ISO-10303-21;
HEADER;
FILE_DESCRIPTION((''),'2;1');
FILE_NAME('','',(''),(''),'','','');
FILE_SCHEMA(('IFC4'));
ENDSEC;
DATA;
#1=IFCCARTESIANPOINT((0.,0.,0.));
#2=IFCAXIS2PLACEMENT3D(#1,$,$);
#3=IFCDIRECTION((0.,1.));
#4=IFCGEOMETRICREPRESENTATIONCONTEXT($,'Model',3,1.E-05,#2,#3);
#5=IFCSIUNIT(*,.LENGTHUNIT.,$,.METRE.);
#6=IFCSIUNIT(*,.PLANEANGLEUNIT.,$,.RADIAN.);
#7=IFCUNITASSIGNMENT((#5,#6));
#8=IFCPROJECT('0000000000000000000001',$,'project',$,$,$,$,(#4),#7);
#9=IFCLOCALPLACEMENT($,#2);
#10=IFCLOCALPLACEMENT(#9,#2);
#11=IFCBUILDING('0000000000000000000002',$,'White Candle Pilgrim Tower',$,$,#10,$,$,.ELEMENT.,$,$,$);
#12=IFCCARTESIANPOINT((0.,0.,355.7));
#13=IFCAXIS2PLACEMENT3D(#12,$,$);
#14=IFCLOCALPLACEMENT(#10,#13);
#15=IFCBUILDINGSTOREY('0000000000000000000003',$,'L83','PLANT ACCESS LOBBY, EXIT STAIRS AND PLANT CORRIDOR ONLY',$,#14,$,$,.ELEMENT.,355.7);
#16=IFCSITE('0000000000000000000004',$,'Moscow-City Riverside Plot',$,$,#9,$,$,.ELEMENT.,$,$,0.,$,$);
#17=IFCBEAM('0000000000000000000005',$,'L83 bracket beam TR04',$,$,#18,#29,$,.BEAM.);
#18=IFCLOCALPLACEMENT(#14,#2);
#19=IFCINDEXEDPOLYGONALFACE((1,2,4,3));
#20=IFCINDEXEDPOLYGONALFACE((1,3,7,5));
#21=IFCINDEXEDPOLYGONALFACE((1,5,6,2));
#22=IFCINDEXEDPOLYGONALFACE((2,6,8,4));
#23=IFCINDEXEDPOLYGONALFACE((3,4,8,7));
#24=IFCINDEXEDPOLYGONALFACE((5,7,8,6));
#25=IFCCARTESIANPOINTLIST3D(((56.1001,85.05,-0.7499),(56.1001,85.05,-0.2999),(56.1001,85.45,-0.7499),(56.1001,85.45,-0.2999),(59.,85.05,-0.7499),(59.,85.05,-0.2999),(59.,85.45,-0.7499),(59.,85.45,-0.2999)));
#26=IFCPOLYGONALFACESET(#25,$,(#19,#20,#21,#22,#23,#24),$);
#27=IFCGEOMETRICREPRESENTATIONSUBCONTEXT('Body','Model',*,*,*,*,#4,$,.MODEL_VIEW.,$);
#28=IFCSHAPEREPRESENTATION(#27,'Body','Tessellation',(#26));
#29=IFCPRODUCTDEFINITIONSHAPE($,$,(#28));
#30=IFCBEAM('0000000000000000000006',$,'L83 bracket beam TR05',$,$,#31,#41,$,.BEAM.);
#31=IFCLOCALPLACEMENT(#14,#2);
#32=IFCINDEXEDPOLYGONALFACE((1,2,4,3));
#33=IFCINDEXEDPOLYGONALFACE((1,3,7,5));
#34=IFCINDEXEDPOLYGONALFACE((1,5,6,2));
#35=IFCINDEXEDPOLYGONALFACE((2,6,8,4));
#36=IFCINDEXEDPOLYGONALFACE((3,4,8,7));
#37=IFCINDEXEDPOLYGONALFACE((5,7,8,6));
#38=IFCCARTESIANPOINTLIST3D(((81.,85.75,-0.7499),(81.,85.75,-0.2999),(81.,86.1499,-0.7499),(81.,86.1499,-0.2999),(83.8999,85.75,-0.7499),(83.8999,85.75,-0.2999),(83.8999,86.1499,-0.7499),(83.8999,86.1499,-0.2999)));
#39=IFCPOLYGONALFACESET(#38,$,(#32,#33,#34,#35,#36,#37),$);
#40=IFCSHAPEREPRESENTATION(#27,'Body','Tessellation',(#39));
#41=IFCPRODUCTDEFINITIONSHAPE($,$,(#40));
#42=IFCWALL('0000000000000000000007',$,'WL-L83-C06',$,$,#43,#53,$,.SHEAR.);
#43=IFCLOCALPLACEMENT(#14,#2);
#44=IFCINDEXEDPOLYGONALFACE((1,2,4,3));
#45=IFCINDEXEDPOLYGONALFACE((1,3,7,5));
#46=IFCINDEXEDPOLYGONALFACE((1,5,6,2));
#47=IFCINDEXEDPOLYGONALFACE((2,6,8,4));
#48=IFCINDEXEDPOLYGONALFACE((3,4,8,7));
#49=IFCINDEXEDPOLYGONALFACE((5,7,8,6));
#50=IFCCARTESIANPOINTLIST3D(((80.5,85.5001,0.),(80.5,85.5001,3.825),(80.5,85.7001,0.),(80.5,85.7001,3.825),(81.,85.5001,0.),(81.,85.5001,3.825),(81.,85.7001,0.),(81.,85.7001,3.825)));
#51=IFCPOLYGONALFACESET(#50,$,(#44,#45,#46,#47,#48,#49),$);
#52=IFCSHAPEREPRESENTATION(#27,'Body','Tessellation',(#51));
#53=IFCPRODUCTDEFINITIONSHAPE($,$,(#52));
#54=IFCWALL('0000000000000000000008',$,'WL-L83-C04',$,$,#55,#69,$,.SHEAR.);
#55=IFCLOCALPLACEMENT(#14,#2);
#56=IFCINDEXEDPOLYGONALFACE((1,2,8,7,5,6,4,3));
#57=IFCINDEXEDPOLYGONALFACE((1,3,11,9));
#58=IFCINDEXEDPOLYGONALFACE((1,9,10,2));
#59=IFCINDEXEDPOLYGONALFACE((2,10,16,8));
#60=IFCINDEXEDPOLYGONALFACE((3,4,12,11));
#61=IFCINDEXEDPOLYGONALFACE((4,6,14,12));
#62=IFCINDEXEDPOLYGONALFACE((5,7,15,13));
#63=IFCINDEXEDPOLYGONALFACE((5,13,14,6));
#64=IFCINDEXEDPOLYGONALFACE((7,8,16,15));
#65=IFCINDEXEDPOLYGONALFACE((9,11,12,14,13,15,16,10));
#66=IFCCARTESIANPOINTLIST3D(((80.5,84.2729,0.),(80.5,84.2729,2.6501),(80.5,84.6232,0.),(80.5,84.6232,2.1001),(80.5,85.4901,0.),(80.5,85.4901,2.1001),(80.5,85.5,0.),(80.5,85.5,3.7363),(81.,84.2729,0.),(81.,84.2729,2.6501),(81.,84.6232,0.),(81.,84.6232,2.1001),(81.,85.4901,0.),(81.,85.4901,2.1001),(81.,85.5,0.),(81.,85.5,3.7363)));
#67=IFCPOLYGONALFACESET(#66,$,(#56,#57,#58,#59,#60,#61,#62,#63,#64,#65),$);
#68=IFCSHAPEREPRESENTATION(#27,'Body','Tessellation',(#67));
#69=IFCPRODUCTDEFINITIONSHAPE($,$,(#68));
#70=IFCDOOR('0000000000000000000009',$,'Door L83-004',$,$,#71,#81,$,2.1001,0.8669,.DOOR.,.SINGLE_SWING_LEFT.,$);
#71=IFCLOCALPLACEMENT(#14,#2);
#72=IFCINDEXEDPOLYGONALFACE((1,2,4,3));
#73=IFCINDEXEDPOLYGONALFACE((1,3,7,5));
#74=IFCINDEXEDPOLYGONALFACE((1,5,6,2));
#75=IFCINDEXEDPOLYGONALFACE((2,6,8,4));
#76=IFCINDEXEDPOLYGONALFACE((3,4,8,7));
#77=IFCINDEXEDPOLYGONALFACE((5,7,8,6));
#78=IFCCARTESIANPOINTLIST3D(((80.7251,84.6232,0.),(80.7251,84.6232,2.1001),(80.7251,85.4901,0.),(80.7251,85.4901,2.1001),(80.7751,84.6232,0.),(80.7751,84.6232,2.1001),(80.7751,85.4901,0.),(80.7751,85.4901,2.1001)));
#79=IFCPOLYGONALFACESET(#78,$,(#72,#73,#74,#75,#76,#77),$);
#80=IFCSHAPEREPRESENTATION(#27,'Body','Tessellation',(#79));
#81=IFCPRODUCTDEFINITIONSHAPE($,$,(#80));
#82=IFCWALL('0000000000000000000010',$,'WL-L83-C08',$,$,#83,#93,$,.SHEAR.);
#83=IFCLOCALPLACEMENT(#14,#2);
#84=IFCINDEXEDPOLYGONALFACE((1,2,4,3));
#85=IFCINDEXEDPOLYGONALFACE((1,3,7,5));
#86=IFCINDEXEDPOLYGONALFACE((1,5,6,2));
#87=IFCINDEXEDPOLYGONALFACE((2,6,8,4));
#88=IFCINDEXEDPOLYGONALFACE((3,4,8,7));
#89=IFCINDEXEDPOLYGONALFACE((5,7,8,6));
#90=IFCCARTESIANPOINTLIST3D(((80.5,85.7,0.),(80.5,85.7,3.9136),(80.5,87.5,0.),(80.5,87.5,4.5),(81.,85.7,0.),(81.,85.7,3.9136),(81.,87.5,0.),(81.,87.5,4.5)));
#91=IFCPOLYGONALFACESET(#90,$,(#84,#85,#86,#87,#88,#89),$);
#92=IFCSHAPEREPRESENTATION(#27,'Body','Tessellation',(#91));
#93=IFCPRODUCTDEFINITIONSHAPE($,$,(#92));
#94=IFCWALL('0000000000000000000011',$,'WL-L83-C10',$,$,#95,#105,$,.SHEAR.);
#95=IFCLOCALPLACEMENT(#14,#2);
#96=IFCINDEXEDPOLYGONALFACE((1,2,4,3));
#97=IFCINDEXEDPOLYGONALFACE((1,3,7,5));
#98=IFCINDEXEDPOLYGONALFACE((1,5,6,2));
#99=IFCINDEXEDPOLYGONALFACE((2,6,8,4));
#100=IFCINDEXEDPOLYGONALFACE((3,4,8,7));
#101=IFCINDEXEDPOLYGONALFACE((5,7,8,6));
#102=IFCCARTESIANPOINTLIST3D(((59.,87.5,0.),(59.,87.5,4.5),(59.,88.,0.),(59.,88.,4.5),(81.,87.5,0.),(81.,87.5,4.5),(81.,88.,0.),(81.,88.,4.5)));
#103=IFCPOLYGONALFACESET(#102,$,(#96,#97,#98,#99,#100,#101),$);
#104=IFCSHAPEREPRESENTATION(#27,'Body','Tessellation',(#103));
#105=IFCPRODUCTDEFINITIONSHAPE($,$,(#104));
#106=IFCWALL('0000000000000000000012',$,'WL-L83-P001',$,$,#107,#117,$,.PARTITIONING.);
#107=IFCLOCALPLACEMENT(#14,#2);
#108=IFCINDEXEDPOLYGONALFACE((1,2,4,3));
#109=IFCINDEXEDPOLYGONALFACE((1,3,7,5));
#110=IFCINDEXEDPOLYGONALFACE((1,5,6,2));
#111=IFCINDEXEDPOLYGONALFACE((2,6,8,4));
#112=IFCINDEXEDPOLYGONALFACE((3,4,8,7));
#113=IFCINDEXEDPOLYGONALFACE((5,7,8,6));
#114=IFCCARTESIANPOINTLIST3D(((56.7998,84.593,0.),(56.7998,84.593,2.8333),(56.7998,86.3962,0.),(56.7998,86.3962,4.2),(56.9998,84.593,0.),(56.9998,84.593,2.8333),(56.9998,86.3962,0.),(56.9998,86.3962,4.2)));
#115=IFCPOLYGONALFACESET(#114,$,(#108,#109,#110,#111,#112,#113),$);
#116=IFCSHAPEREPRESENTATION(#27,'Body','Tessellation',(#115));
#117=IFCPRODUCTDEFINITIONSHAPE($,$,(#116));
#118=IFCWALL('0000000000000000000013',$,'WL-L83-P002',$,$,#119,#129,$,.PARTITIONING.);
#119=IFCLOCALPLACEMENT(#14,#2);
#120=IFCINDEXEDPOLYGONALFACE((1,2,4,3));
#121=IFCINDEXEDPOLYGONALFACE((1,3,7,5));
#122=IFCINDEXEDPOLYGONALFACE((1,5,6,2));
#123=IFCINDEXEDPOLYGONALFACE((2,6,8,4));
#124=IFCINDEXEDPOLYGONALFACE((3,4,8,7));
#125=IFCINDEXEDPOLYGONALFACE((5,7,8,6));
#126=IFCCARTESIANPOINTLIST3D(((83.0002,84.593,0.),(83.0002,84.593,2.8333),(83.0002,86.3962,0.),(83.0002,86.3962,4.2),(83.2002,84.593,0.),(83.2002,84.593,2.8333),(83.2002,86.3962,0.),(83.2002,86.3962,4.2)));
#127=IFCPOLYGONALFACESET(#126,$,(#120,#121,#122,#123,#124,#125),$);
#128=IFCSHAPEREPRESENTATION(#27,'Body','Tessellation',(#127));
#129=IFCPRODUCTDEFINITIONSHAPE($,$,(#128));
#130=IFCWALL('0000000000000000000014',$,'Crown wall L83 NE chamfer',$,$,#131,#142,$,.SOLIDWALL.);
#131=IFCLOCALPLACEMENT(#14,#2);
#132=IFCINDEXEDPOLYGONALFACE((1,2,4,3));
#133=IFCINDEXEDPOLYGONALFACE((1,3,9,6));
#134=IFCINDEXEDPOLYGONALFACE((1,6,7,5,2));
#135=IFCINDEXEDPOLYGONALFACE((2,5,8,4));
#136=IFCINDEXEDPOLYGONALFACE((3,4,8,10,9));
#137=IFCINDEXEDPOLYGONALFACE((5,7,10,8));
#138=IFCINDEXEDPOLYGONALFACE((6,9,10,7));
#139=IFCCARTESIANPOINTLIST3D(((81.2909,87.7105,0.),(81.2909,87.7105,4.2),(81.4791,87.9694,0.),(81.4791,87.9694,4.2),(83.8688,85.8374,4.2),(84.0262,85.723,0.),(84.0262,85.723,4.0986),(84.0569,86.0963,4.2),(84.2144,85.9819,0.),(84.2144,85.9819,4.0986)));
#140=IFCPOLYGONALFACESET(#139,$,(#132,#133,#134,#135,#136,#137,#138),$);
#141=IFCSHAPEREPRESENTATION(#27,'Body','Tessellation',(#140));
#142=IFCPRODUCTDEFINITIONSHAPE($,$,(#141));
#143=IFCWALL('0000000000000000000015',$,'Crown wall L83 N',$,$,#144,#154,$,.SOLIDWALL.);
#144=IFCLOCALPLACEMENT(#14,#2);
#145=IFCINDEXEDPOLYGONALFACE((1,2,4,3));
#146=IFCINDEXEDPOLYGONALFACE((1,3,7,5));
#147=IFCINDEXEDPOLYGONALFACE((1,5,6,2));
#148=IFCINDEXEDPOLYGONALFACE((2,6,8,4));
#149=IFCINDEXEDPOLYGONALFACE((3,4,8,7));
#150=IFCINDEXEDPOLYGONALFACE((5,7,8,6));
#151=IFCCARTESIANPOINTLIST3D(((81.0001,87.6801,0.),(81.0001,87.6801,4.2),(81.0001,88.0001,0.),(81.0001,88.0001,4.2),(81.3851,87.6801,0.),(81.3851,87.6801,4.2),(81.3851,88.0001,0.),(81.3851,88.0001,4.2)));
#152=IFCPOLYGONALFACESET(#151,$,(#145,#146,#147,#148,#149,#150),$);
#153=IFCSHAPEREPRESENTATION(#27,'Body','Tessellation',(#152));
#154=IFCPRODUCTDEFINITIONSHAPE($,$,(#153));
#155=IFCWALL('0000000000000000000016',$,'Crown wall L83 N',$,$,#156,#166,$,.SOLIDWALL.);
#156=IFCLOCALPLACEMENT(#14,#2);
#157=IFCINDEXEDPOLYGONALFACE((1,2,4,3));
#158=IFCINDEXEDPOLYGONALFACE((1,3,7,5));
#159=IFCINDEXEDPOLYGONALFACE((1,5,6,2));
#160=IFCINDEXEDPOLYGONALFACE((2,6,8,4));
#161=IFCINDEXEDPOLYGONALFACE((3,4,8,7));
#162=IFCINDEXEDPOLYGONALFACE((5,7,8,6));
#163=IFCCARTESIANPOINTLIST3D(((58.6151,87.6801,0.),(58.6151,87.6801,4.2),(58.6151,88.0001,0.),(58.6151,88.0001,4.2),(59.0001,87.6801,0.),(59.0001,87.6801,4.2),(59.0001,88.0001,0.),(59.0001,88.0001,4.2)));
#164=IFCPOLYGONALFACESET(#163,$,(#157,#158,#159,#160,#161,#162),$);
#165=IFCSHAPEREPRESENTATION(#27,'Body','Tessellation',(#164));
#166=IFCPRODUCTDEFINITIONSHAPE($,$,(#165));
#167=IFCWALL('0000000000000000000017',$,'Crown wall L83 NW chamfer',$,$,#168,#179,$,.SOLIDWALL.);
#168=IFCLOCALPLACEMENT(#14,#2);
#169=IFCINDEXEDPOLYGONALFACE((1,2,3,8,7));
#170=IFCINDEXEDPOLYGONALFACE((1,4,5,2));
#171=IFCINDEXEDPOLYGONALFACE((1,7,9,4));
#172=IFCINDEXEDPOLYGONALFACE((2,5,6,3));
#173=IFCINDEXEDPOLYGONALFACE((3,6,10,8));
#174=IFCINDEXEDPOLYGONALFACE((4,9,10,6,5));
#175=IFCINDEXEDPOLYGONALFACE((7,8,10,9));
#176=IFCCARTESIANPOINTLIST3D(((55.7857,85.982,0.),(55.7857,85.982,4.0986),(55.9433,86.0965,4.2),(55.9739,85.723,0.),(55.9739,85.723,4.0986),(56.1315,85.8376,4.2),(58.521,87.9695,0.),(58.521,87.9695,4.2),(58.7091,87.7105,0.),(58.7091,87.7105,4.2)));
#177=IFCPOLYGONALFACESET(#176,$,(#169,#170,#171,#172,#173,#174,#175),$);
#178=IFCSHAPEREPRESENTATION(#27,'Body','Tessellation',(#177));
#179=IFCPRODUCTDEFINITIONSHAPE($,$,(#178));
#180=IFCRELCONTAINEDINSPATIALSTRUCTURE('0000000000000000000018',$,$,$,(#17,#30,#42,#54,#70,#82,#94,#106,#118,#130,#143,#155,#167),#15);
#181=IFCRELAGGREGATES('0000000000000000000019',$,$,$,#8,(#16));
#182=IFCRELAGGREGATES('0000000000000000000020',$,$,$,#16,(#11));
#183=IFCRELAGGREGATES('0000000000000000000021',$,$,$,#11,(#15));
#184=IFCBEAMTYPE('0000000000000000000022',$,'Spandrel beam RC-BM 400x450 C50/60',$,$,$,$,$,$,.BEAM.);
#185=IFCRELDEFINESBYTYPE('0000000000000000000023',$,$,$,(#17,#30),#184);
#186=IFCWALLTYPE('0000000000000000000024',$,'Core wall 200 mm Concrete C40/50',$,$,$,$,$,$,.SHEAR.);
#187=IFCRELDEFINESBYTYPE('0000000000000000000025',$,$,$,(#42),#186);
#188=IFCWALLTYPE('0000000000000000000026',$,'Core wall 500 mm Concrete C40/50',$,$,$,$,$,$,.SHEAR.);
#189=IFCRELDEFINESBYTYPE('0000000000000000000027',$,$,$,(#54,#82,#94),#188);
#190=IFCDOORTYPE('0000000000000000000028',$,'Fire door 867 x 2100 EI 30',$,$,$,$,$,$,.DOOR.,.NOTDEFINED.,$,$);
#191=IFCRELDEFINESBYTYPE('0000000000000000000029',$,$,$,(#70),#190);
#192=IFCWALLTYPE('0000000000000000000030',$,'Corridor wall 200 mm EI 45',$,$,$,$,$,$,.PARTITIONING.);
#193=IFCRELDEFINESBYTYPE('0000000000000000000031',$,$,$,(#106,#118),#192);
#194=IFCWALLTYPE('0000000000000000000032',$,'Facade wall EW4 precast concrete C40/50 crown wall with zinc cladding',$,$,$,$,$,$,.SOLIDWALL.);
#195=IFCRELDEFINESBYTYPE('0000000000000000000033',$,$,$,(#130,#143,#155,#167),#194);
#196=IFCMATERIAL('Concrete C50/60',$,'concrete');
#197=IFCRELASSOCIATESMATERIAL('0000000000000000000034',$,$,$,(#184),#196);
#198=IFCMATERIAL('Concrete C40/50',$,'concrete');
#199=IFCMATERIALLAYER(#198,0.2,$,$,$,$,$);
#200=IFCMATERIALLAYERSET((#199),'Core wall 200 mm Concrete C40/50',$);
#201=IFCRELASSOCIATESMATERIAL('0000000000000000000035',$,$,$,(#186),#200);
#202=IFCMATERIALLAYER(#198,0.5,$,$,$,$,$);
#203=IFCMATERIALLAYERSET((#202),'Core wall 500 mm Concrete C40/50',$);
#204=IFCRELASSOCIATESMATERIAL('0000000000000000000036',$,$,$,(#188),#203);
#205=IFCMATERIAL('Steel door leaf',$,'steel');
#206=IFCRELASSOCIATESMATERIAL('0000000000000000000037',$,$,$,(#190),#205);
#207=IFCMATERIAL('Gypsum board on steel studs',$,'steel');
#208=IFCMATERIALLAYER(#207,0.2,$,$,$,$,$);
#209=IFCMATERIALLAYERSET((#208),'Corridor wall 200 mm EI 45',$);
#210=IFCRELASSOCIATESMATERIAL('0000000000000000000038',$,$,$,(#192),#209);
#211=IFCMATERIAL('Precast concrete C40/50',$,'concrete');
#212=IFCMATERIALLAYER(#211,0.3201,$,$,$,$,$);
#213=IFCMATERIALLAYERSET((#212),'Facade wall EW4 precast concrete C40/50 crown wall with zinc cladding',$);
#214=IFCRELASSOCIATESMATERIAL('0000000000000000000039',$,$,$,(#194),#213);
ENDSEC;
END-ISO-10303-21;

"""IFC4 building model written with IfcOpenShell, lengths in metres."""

from ifc_helpers import new_model, si_unit, direction, frame, frame_2d, origin, origin_2d, place, context, subcontext, project, spatial, polyline, rectangle, outline, extrude, material, layer, layer_set, material_profile, profile_set, type_object, element, fill, save


model = new_model("IFC4")

# Units and contexts
model_context = context("Model", 3, precision=1e-05, world=origin(), true_north=direction((0.0, 1.0)))
body_context = subcontext(model_context, "Body", "Model", "MODEL_VIEW")
ifc_project = project(units=[si_unit("LENGTHUNIT", "METRE"), si_unit("PLANEANGLEUNIT", "RADIAN")], contexts=[model_context])

# Site, building, storey
site_placement = place(None, origin())
site = spatial("IfcSite", under=ifc_project, at=site_placement, Name="Moscow-City Riverside Plot", CompositionType="ELEMENT", RefElevation=0.0)
building_placement = place(site_placement, origin())
building = spatial("IfcBuilding", under=site, at=building_placement, Name="White Candle Pilgrim Tower", CompositionType="ELEMENT")
storey_placement = place(building_placement, frame((0.0, 0.0, 355.7)))
storey = spatial("IfcBuildingStorey", under=building, at=storey_placement, Name="L83", Description="PLANT ACCESS LOBBY, EXIT STAIRS AND PLANT CORRIDOR ONLY", CompositionType="ELEMENT", Elevation=355.7)

# Beams
ifc_material_1 = material(Name="Concrete C50/60", Category="concrete")
ifc_material_profile = material_profile(ifc_material_1, rectangle(XDim=0.3999, YDim=0.45, at=origin_2d()), Name="RC-BM 400x450")
ifc_profile_set = profile_set([ifc_material_profile], Name="Concrete C50/60")
beam_type = type_object("IfcBeamType", Name="Spandrel beam RC-BM 400x450 C50/60", PredefinedType="BEAM", material=ifc_profile_set)
for number, where, z_axis, x_axis, name in (
    (1, (59.0, 85.25, -0.5249), (-1.0, 0.0, 0.0), (0.0, -1.0, 0.0), "L83 bracket beam TR04"),
    (2, (81.0, 85.95, -0.5249), (1.0, 0.0, 0.0), (0.0, 1.0, 0.0), "L83 bracket beam TR05"),
):
    element("IfcBeam", number, at=place(storey_placement, frame(where, z_axis=z_axis, x_axis=x_axis)), inside=storey, type_object=beam_type, Name=name, PredefinedType="BEAM", context=body_context, shape_type="SweptSolid", body=[
        extrude(rectangle(XDim=0.3999, YDim=0.45, at=origin_2d()), origin(), (0.0, 0.0, 1.0), 2.8999),
    ])

# Wall
ifc_material_2 = material(Name="Concrete C40/50", Category="concrete")
ifc_layer_1 = layer(ifc_material_2, 0.2)
ifc_layer_set_1 = layer_set([ifc_layer_1], Name="Core wall 200 mm Concrete C40/50")
wall_type_1 = type_object("IfcWallType", Name="Core wall 200 mm Concrete C40/50", PredefinedType="SHEAR", material=ifc_layer_set_1)
wall_1_placement = place(storey_placement, frame((80.5, 85.6001, 0.0), z_axis=(0.0, 0.0, 1.0), x_axis=(1.0, 0.0, 0.0)))
element("IfcWall", 3, at=wall_1_placement, inside=storey, type_object=wall_type_1, Name="WL-L83-C06", PredefinedType="SHEAR", context=body_context, shape_type="SweptSolid", body=[
    extrude(rectangle(XDim=0.5, YDim=0.2, at=frame_2d((0.25, 0.0))), origin(), (0.0, 0.0, 1.0), 3.825),
])

# Wall, opening, door
ifc_layer_2 = layer(ifc_material_2, 0.5)
ifc_layer_set_2 = layer_set([ifc_layer_2], Name="Core wall 500 mm Concrete C40/50")
wall_type_2 = type_object("IfcWallType", Name="Core wall 500 mm Concrete C40/50", PredefinedType="SHEAR", material=ifc_layer_set_2)
wall_2_placement = place(storey_placement, frame((80.75, 84.2729, 0.0), z_axis=(0.0, 0.0, 1.0), x_axis=(0.0, 1.0, 0.0)))
wall_2 = element("IfcWall", 4, at=wall_2_placement, inside=storey, type_object=wall_type_2, Name="WL-L83-C04", PredefinedType="SHEAR", context=body_context, shape_type="SweptSolid", body=[
    extrude(outline(polyline([(0.0, 0.0), (1.2271, 0.0), (1.2271, 3.7363), (0.0, 2.6501), (0.0, 0.0)])), frame((0.0, 0.25, 0.0), z_axis=(0.0, -1.0, 0.0), x_axis=(1.0, 0.0, 0.0)), (0.0, 0.0, 1.0), 0.5),
])
opening_1_placement = place(wall_2_placement, frame((0.3501, 0.0, 0.0)))
opening_1 = element("IfcOpeningElement", 5, at=opening_1_placement, cuts=wall_2, PredefinedType="OPENING", context=body_context, shape_type="SweptSolid", body=[
    extrude(rectangle(XDim=0.8669, YDim=2.1001, at=frame_2d((0.4336, 1.05))), frame((0.0, 0.26, 0.0), z_axis=(0.0, -1.0, 0.0), x_axis=(1.0, 0.0, 0.0)), (0.0, 0.0, 1.0), 0.52),
])
ifc_material_3 = material(Name="Steel door leaf", Category="steel")
door_type_1 = type_object("IfcDoorType", Name="Fire door 867 x 2100 EI 30", OperationType="NOTDEFINED", PredefinedType="DOOR", material=ifc_material_3)
door_1_placement = place(opening_1_placement, origin())
door_1 = element("IfcDoor", 6, at=door_1_placement, inside=storey, type_object=door_type_1, Name="Door L83-004", OperationType="SINGLE_SWING_LEFT", OverallHeight=2.1001, OverallWidth=0.8669, PredefinedType="DOOR", context=body_context, shape_type="SweptSolid", body=[
    extrude(rectangle(XDim=0.8669, YDim=2.1001, at=frame_2d((0.4336, 1.05))), frame((0.0, 0.0249, 0.0), z_axis=(0.0, -1.0, 0.0), x_axis=(1.0, 0.0, 0.0)), (0.0, 0.0, 1.0), 0.05),
])
fill(opening_1, door_1)

# Walls
wall_3_placement = place(storey_placement, frame((80.75, 85.7, 0.0), z_axis=(0.0, 0.0, 1.0), x_axis=(0.0, 1.0, 0.0)))
element("IfcWall", 7, at=wall_3_placement, inside=storey, type_object=wall_type_2, Name="WL-L83-C08", PredefinedType="SHEAR", context=body_context, shape_type="SweptSolid", body=[
    extrude(outline(polyline([(0.0, 0.0), (1.8, 0.0), (1.8, 4.5), (0.0, 3.9136), (0.0, 0.0)])), frame((0.0, 0.25, 0.0), z_axis=(0.0, -1.0, 0.0), x_axis=(1.0, 0.0, 0.0)), (0.0, 0.0, 1.0), 0.5),
])
wall_4_placement = place(storey_placement, frame((59.0, 87.75, 0.0), z_axis=(0.0, 0.0, 1.0), x_axis=(1.0, 0.0, 0.0)))
element("IfcWall", 8, at=wall_4_placement, inside=storey, type_object=wall_type_2, Name="WL-L83-C10", PredefinedType="SHEAR", context=body_context, shape_type="SweptSolid", body=[
    extrude(rectangle(XDim=22.0, YDim=0.5, at=frame_2d((11.0, 0.0))), origin(), (0.0, 0.0, 1.0), 4.5),
])
ifc_material_4 = material(Name="Gypsum board on steel studs", Category="steel")
ifc_layer_3 = layer(ifc_material_4, 0.2)
ifc_layer_set_3 = layer_set([ifc_layer_3], Name="Corridor wall 200 mm EI 45")
wall_type_3 = type_object("IfcWallType", Name="Corridor wall 200 mm EI 45", PredefinedType="PARTITIONING", material=ifc_layer_set_3)
wall_5_placement = place(storey_placement, frame((56.8999, 84.593, 0.0), z_axis=(0.0, 0.0, 1.0), x_axis=(0.0, 1.0, 0.0)))
element("IfcWall", 9, at=wall_5_placement, inside=storey, type_object=wall_type_3, Name="WL-L83-P001", PredefinedType="PARTITIONING", context=body_context, shape_type="SweptSolid", body=[
    extrude(outline(polyline([(0.0, 0.0), (1.8032, 0.0), (1.8032, 4.2), (0.0, 2.8333), (0.0, 0.0)])), frame((0.0, 0.1001, 0.0), z_axis=(0.0, -1.0, 0.0), x_axis=(1.0, 0.0, 0.0)), (0.0, 0.0, 1.0), 0.2),
])
wall_6_placement = place(storey_placement, frame((83.1001, 86.3962, 0.0), z_axis=(0.0, 0.0, 1.0), x_axis=(0.0, -1.0, 0.0)))
element("IfcWall", 10, at=wall_6_placement, inside=storey, type_object=wall_type_3, Name="WL-L83-P002", PredefinedType="PARTITIONING", context=body_context, shape_type="SweptSolid", body=[
    extrude(outline(polyline([(0.0, 0.0), (1.8032, 0.0), (1.8032, 2.8333), (0.0, 4.2), (0.0, 0.0)])), frame((0.0, 0.1001, 0.0), z_axis=(0.0, -1.0, 0.0), x_axis=(1.0, 0.0, 0.0)), (0.0, 0.0, 1.0), 0.2),
])
ifc_material_5 = material(Name="Precast concrete C40/50", Category="concrete")
ifc_layer_4 = layer(ifc_material_5, 0.3201)
ifc_layer_set_4 = layer_set([ifc_layer_4], Name="Facade wall EW4 precast concrete C40/50 crown wall with zinc cladding")
wall_type_4 = type_object("IfcWallType", Name="Facade wall EW4 precast concrete C40/50 crown wall with zinc cladding", PredefinedType="SOLIDWALL", material=ifc_layer_set_4)
wall_7_placement = place(storey_placement, frame((84.1204, 85.8525, 0.0), z_axis=(0.0, 0.0, 1.0), x_axis=(-0.808989, 0.587824, 0.0)))
element("IfcWall", 11, at=wall_7_placement, inside=storey, type_object=wall_type_4, Name="Crown wall L83 NE chamfer", PredefinedType="SOLIDWALL", context=body_context, shape_type="SweptSolid", body=[
    extrude(outline(polyline([(0.0, 0.0), (3.3811, 0.0), (3.3811, 4.2), (0.1946, 4.2), (0.0, 4.0986), (0.0, 0.0)])), frame((0.0, 0.1602, 0.0), z_axis=(0.0, -1.0, 0.0), x_axis=(1.0, 0.0, 0.0)), (0.0, 0.0, 1.0), 0.3201),
])
for number, where, z_axis, x_axis, name in (
    (12, (81.385, 87.8401, 0.0), (0.0, 0.0, 1.0), (-1.0, 0.0, 0.0), "Crown wall L83 N"),
    (13, (59.0, 87.8401, 0.0), (0.0, 0.0, 1.0), (-1.0, 0.0, 0.0), "Crown wall L83 N"),
):
    element("IfcWall", number, at=place(storey_placement, frame(where, z_axis=z_axis, x_axis=x_axis)), inside=storey, type_object=wall_type_4, Name=name, PredefinedType="SOLIDWALL", context=body_context, shape_type="SweptSolid", body=[
        extrude(rectangle(XDim=0.385, YDim=0.3201, at=frame_2d((0.1924, 0.0))), origin(), (0.0, 0.0, 1.0), 4.2),
    ])
wall_8_placement = place(storey_placement, frame((58.615, 87.8401, 0.0), z_axis=(0.0, 0.0, 1.0), x_axis=(-0.808989, -0.587824, 0.0)))
element("IfcWall", 14, at=wall_8_placement, inside=storey, type_object=wall_type_4, Name="Crown wall L83 NW chamfer", PredefinedType="SOLIDWALL", context=body_context, shape_type="SweptSolid", body=[
    extrude(outline(polyline([(0.0, 0.0), (3.3811, 0.0), (3.3811, 4.0986), (3.1863, 4.2), (0.0, 4.2), (0.0, 0.0)])), frame((0.0, 0.1602, 0.0), z_axis=(0.0, -1.0, 0.0), x_axis=(1.0, 0.0, 0.0)), (0.0, 0.0, 1.0), 0.3201),
])

save(model, "model.ifc")
